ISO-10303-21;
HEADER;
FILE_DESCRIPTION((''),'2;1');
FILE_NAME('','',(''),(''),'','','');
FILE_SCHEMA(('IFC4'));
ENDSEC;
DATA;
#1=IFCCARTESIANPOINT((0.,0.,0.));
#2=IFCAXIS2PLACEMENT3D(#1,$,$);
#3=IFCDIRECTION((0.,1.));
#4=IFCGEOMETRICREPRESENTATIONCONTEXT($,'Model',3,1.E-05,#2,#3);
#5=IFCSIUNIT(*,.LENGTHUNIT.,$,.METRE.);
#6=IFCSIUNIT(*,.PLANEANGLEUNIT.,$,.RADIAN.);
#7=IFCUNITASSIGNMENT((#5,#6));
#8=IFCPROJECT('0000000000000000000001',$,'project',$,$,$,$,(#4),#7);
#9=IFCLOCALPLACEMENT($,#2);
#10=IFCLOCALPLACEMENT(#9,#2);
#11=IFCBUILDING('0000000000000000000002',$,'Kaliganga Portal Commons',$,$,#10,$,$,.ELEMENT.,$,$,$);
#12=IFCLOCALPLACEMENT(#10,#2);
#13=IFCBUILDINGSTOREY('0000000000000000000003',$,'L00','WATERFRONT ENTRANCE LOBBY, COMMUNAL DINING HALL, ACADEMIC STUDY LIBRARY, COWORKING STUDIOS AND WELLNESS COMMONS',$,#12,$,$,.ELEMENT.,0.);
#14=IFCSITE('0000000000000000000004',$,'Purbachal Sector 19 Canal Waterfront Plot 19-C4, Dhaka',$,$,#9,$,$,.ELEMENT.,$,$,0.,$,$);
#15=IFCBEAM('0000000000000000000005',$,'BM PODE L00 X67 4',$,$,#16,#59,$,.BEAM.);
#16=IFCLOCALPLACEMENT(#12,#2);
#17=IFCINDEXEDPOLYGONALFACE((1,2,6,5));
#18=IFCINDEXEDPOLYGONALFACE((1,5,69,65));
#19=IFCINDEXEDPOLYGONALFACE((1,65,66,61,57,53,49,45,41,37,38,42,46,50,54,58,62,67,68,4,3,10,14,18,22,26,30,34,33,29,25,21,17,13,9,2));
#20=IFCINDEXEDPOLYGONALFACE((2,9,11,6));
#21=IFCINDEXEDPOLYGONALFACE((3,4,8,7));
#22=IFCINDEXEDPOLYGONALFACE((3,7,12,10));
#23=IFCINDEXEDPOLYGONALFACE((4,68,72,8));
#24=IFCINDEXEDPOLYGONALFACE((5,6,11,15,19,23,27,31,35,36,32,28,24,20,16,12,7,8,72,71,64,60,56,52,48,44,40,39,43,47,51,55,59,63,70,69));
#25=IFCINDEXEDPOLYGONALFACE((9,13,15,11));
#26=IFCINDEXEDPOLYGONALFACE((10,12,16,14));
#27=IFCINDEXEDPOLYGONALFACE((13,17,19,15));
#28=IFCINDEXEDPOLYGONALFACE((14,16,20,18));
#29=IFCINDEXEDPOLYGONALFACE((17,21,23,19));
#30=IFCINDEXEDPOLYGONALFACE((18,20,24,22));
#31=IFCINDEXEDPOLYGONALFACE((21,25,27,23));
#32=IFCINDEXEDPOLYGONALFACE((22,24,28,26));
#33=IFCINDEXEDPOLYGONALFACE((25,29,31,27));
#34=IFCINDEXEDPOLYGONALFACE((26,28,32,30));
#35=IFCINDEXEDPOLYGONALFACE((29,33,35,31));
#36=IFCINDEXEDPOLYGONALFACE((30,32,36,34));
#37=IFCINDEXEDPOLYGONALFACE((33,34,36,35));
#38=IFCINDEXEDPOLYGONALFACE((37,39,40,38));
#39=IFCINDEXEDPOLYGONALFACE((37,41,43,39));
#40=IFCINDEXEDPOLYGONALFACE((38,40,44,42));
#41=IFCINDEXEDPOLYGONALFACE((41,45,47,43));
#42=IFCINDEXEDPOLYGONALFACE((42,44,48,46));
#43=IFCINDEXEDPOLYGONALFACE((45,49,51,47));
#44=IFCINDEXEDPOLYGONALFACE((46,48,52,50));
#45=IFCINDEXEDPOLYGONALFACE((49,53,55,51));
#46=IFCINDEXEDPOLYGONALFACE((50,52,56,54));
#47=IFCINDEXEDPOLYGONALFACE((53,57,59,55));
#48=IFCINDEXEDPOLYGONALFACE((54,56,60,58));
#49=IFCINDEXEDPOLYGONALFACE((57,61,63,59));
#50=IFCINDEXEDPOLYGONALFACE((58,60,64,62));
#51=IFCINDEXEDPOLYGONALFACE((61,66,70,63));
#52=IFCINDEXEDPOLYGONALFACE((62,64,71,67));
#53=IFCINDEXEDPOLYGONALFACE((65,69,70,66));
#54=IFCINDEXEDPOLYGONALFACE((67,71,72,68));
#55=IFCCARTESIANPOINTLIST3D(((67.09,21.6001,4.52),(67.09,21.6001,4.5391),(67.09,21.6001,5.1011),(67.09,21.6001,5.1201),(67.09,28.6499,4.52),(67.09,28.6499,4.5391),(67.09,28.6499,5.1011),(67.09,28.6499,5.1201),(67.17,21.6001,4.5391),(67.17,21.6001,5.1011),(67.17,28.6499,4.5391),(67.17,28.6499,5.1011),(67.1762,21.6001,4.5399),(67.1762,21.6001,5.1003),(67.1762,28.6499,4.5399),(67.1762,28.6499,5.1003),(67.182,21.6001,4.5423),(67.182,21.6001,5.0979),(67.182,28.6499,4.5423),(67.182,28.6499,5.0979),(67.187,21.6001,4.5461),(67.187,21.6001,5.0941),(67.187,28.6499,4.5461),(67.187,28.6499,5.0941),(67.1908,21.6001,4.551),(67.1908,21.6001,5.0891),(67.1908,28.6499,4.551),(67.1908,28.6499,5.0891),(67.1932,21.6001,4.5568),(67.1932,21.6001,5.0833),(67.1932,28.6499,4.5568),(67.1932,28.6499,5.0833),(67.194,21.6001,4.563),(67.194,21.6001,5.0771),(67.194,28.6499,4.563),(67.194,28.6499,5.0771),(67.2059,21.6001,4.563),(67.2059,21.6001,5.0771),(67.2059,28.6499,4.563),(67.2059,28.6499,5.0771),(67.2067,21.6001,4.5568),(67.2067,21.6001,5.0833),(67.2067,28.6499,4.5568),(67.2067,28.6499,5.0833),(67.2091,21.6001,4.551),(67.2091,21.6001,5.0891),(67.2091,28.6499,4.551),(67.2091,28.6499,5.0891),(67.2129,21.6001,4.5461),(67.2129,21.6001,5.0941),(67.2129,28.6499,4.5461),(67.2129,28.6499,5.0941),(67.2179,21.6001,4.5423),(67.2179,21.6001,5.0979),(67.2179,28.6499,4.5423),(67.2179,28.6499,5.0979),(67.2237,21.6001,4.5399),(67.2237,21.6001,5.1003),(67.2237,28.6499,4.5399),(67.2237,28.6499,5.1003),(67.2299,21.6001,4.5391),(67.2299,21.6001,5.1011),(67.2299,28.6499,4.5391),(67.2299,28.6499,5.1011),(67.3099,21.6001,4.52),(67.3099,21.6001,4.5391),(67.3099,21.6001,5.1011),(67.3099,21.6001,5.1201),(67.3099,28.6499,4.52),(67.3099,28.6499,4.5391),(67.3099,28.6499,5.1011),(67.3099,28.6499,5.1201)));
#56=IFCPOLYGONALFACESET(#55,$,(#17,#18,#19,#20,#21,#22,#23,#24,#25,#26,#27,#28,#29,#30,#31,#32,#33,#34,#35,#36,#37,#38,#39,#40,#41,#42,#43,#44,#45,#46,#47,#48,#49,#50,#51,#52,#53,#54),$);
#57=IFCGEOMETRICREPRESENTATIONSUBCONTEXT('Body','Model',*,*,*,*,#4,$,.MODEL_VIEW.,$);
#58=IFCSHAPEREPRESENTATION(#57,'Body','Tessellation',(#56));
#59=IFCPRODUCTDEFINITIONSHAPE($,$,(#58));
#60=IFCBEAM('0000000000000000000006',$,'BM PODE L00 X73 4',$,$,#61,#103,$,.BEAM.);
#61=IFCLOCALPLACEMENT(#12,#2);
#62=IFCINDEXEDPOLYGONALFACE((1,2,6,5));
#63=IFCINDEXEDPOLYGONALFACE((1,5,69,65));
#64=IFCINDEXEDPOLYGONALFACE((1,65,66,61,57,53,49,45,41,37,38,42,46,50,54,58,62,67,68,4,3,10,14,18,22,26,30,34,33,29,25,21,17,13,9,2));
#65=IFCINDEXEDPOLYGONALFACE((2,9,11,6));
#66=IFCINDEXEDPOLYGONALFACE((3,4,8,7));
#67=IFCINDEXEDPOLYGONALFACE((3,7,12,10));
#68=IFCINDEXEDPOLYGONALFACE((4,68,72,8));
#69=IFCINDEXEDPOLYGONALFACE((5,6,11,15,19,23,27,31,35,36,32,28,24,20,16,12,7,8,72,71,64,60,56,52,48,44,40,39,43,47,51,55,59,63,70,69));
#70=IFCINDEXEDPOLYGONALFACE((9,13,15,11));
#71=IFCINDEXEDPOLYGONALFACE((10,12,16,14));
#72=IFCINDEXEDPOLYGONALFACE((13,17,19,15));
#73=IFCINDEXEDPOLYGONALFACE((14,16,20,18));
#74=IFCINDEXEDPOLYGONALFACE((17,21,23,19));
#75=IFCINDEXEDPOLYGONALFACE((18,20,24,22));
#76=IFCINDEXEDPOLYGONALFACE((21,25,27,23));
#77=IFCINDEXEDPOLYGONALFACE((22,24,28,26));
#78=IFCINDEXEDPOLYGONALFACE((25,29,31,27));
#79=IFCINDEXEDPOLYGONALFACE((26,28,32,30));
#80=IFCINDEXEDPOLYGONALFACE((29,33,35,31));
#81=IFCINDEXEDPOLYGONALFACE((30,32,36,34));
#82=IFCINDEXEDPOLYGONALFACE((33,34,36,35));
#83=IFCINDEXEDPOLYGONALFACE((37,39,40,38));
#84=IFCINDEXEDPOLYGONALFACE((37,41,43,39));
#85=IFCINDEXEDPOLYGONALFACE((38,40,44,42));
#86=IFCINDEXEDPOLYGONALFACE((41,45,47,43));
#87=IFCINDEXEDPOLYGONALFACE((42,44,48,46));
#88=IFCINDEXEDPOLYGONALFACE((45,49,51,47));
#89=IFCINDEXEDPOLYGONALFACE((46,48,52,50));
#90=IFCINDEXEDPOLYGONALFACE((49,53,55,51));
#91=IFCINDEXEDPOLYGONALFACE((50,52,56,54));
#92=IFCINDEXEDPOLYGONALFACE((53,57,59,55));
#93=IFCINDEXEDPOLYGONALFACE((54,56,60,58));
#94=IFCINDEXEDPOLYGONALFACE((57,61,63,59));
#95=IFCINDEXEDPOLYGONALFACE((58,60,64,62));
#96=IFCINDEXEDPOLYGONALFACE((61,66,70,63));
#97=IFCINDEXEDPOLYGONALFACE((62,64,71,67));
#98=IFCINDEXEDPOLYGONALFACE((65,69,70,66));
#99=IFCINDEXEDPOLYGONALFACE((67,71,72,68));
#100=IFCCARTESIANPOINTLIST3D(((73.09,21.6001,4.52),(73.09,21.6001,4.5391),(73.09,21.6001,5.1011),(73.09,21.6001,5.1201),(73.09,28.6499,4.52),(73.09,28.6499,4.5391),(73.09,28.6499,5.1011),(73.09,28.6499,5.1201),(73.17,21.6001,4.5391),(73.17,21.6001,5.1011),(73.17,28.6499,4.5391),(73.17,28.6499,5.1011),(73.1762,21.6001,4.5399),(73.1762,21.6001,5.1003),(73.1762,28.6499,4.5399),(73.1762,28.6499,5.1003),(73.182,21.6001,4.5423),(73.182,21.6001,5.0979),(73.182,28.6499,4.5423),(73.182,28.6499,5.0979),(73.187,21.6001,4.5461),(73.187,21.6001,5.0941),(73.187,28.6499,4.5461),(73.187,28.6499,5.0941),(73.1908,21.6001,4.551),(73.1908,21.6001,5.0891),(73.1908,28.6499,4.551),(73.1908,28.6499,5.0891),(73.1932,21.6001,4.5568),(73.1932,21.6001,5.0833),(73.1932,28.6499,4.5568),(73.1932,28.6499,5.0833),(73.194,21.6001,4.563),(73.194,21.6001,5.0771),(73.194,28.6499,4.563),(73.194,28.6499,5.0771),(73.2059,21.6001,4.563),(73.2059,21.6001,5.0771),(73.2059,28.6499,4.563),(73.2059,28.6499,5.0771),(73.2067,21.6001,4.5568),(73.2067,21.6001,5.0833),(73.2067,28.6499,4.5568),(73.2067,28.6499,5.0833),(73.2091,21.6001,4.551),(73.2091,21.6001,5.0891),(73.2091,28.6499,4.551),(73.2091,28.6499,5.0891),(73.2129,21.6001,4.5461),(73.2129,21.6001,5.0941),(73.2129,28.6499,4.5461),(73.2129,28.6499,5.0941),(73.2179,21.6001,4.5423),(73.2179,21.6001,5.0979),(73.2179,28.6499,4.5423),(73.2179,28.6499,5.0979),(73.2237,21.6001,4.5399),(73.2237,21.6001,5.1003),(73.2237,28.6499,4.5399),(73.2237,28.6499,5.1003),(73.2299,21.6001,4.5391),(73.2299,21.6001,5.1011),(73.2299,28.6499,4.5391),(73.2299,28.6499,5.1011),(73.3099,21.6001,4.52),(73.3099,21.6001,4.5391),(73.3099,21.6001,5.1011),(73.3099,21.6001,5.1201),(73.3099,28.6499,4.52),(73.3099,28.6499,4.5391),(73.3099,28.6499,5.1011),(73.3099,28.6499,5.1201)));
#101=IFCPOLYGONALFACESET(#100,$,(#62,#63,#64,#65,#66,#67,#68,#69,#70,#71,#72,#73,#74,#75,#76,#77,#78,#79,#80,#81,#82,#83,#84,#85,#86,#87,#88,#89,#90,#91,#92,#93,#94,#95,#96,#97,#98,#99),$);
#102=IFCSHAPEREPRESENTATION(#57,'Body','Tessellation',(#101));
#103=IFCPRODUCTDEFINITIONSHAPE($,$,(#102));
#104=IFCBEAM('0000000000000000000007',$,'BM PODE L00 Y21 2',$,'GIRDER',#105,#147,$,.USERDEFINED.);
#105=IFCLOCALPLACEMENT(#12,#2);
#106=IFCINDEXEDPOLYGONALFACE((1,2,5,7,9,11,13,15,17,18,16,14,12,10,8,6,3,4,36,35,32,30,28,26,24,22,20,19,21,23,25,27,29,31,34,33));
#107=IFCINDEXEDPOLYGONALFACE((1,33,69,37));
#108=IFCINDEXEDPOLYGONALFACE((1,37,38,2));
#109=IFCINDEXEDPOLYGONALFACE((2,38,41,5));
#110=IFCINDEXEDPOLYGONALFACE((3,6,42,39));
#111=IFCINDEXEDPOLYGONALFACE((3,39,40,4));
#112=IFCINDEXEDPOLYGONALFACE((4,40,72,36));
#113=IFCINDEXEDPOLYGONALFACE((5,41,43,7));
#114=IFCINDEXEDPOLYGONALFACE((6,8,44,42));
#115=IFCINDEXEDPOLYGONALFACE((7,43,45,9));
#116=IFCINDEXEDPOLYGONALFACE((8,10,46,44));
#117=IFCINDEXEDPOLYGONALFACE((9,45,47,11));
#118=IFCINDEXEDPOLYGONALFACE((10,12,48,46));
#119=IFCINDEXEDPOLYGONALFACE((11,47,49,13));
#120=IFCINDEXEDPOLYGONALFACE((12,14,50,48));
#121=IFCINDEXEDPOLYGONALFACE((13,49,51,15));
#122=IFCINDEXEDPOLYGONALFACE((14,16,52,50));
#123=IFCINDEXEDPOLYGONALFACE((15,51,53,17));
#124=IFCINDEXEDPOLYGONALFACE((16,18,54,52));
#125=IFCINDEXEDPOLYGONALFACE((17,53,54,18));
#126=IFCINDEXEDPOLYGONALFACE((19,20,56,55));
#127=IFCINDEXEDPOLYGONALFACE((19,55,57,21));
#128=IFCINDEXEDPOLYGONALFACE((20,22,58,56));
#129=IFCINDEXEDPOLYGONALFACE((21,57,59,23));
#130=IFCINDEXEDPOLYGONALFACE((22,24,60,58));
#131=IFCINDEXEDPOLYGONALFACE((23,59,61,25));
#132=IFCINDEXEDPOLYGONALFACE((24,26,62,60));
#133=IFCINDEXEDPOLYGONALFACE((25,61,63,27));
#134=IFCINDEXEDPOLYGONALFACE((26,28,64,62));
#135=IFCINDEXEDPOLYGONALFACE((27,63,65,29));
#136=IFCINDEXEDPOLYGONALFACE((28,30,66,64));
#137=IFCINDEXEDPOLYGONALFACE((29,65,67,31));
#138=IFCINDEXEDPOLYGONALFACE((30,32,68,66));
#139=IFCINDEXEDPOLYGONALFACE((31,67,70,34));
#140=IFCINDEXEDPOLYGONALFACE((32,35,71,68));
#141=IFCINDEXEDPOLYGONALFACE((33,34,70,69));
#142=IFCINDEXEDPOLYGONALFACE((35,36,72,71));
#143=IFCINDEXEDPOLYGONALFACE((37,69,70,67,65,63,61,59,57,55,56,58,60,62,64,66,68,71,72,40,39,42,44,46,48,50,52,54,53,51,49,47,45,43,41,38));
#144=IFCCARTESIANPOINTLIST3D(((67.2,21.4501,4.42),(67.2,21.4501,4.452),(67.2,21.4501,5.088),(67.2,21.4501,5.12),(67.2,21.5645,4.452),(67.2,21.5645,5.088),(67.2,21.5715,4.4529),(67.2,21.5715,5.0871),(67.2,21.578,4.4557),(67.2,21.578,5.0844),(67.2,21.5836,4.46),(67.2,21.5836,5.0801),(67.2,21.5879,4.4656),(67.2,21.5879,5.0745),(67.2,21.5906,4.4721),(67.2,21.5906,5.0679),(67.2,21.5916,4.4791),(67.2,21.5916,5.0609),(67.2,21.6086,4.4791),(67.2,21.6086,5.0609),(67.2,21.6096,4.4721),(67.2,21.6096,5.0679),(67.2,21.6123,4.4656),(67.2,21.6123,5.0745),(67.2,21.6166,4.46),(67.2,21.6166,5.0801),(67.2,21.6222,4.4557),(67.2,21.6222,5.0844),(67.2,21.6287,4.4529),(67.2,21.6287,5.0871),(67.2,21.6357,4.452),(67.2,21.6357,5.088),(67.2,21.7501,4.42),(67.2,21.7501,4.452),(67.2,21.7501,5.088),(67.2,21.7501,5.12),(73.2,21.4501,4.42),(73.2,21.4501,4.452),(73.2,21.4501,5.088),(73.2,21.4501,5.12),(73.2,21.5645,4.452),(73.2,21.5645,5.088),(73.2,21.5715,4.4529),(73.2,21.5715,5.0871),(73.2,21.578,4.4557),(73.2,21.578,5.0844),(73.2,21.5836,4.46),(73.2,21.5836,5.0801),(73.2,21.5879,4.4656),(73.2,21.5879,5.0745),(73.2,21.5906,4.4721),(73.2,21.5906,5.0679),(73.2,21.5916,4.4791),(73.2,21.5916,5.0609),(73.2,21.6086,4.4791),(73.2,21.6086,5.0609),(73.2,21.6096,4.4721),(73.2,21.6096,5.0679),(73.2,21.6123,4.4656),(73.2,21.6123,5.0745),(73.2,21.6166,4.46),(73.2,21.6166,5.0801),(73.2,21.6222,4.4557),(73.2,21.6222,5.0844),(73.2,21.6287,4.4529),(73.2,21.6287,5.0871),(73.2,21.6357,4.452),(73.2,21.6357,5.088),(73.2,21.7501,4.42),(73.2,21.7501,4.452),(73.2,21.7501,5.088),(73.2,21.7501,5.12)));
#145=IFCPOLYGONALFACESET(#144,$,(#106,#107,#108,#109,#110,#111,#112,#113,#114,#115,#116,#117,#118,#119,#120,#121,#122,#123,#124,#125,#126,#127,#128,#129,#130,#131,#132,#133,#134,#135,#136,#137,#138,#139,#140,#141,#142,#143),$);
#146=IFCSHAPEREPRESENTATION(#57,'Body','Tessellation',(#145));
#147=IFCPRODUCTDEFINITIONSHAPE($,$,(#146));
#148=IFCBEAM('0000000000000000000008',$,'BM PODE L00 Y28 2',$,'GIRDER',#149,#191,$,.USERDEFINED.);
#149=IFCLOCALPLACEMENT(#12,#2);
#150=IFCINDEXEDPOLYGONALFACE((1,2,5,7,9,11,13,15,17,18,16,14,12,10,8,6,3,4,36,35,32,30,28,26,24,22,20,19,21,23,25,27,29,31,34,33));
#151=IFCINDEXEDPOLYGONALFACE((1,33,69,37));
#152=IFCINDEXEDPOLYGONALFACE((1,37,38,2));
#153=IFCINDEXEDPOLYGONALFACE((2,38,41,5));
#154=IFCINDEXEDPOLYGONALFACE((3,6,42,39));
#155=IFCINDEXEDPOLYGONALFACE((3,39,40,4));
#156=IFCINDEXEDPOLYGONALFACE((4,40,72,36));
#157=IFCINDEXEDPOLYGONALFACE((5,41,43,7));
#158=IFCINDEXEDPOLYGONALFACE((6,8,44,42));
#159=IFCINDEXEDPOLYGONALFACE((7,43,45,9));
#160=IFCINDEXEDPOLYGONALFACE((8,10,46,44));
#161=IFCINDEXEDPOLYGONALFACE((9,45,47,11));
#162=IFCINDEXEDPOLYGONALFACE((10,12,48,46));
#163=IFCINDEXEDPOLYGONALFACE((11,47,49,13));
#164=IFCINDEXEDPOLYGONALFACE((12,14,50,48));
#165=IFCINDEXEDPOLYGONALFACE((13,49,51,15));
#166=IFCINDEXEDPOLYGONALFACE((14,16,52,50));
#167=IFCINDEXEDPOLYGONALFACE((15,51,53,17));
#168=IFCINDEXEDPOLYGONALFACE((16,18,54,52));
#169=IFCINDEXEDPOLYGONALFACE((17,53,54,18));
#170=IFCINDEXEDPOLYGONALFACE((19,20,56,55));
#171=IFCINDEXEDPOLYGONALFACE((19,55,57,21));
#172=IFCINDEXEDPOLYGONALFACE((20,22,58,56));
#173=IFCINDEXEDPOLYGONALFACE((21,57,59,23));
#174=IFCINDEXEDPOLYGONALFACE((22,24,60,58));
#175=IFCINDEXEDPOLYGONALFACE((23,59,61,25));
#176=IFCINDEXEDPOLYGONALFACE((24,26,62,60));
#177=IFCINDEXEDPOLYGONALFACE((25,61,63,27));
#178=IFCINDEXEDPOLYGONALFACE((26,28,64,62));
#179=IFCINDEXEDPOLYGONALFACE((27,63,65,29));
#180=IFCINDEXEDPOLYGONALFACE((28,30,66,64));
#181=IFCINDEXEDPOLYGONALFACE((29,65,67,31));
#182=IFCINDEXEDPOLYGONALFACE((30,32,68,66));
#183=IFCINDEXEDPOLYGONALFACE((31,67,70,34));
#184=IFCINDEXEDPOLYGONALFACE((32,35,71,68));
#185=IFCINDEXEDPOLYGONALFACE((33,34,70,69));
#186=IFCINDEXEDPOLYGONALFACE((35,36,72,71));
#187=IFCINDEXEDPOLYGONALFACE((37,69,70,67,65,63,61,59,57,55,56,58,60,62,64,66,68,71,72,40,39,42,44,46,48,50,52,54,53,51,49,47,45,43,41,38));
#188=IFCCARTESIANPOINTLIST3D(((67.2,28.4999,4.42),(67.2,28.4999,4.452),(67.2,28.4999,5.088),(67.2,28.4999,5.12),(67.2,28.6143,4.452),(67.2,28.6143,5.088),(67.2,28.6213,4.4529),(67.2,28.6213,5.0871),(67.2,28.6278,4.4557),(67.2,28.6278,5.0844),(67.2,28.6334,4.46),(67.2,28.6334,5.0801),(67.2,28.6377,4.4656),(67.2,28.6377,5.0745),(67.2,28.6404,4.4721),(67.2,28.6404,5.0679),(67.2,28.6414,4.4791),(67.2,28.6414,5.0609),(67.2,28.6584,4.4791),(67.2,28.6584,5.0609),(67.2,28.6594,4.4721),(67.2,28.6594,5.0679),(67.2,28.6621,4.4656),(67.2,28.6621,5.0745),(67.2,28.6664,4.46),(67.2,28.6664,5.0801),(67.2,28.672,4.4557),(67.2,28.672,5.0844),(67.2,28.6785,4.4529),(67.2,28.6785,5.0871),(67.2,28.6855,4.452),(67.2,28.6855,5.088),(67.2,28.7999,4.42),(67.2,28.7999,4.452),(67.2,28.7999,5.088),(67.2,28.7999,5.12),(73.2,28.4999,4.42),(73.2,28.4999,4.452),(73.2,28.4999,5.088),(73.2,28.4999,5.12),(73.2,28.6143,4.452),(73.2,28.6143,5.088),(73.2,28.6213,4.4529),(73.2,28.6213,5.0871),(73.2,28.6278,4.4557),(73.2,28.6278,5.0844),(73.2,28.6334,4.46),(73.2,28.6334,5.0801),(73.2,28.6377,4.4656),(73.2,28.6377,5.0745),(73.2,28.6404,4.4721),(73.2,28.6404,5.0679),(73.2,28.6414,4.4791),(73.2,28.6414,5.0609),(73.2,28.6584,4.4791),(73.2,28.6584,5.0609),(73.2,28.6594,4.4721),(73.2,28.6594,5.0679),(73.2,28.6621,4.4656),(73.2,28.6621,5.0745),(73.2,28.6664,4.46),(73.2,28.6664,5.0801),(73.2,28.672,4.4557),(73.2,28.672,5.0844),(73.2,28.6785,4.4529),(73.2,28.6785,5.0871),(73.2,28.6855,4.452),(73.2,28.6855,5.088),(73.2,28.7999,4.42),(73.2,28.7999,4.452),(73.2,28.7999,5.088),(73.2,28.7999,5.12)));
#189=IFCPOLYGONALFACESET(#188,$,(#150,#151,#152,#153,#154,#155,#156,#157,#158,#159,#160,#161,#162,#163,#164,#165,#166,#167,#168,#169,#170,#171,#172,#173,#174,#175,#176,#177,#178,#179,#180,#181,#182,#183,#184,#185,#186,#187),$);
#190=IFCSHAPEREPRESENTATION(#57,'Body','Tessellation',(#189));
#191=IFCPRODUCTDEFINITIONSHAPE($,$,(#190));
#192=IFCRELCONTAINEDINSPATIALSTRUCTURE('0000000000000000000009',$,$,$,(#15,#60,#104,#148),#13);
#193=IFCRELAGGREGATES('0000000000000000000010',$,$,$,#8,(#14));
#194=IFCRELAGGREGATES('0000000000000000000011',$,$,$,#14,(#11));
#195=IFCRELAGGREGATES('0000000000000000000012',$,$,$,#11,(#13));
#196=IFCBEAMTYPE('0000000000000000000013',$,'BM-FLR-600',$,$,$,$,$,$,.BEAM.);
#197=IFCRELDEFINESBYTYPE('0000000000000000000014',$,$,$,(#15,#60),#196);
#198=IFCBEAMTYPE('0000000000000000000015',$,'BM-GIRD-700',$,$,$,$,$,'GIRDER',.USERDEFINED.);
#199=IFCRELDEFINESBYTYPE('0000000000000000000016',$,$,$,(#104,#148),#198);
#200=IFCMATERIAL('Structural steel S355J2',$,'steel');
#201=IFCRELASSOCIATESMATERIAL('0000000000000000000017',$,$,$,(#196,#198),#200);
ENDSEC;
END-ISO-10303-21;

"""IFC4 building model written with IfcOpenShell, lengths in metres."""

from ifc_helpers import new_model, si_unit, direction, frame, origin, origin_2d, place, context, subcontext, project, spatial, i_section, extrude, source, transform, mapped, material, material_profile, profile_set, type_object, element, save


model = new_model("IFC4")

# Units and contexts
model_context = context("Model", 3, precision=1e-05, world=origin(), true_north=direction((0.0, 1.0)))
body_context = subcontext(model_context, "Body", "Model", "MODEL_VIEW")
ifc_project = project(units=[si_unit("LENGTHUNIT", "METRE"), si_unit("PLANEANGLEUNIT", "RADIAN")], contexts=[model_context])

# Site, building, storey
site_placement = place(None, origin())
site = spatial("IfcSite", under=ifc_project, at=site_placement, Name="Purbachal Sector 19 Canal Waterfront Plot 19-C4, Dhaka", CompositionType="ELEMENT", RefElevation=0.0)
building_placement = place(site_placement, origin())
building = spatial("IfcBuilding", under=site, at=building_placement, Name="Kaliganga Portal Commons", CompositionType="ELEMENT")
storey_placement = place(building_placement, origin())
storey = spatial("IfcBuildingStorey", under=building, at=storey_placement, Name="L00", Description="WATERFRONT ENTRANCE LOBBY, COMMUNAL DINING HALL, ACADEMIC STUDY LIBRARY, COWORKING STUDIOS AND WELLNESS COMMONS", CompositionType="ELEMENT", Elevation=0.0)

# Beams
ifc_material_1 = material(Name="Structural steel S355J2", Category="steel")
ifc_material_profile_1 = material_profile(ifc_material_1, i_section(OverallWidth=0.22, OverallDepth=0.6001, WebThickness=0.012, FlangeThickness=0.019, FilletRadius=0.0239, at=origin_2d()), Name="IPE 600")
ifc_profile_set_1 = profile_set([ifc_material_profile_1], Name="Structural steel S355J2 wide-flange")
beam_type_1 = type_object("IfcBeamType", Name="BM-FLR-600", PredefinedType="BEAM", material=ifc_profile_set_1)
shared_shape_1 = source(origin(), body_context, "Body", "SweptSolid", [
    extrude(i_section(OverallWidth=0.22, OverallDepth=0.6001, WebThickness=0.012, FlangeThickness=0.019, FilletRadius=0.0239, at=origin_2d()), origin(), (0.0, 0.0, 1.0), 7.0498),
])
for number, where, z_axis, x_axis, name in (
    (1, (67.2, 21.6001, 4.8201), (0.0, 1.0, 0.0), (-1.0, 0.0, 0.0), "BM PODE L00 X67 4"),
    (2, (73.2, 21.6001, 4.8201), (0.0, 1.0, 0.0), (-1.0, 0.0, 0.0), "BM PODE L00 X73 4"),
):
    element("IfcBeam", number, at=place(storey_placement, frame(where, z_axis=z_axis, x_axis=x_axis)), inside=storey, type_object=beam_type_1, Name=name, PredefinedType="BEAM", context=body_context, shape_type="MappedRepresentation", body=[
        mapped(shared_shape_1, transform((0.0, 0.0, 0.0), x_axis=(1.0, 0.0, 0.0), y_axis=(0.0, 1.0, 0.0), z_axis=(0.0, 0.0, 1.0), scale=1.0)),
    ])
ifc_material_profile_2 = material_profile(ifc_material_1, i_section(OverallWidth=0.3, OverallDepth=0.7, WebThickness=0.0171, FlangeThickness=0.032, FilletRadius=0.0271, at=origin_2d()), Name="HE 700 B")
ifc_profile_set_2 = profile_set([ifc_material_profile_2], Name="Structural steel S355J2 wide-flange")
beam_type_2 = type_object("IfcBeamType", Name="BM-GIRD-700", ElementType="GIRDER", PredefinedType="USERDEFINED", material=ifc_profile_set_2)
shared_shape_2 = source(origin(), body_context, "Body", "SweptSolid", [
    extrude(i_section(OverallWidth=0.3, OverallDepth=0.7, WebThickness=0.0171, FlangeThickness=0.032, FilletRadius=0.0271, at=origin_2d()), origin(), (0.0, 0.0, 1.0), 6.0),
])
for number, where, z_axis, x_axis, name in (
    (3, (67.2, 21.6001, 4.77), (1.0, 0.0, 0.0), (0.0, 1.0, 0.0), "BM PODE L00 Y21 2"),
    (4, (67.2, 28.6499, 4.77), (1.0, 0.0, 0.0), (0.0, 1.0, 0.0), "BM PODE L00 Y28 2"),
):
    element("IfcBeam", number, at=place(storey_placement, frame(where, z_axis=z_axis, x_axis=x_axis)), inside=storey, type_object=beam_type_2, Name=name, ObjectType="GIRDER", PredefinedType="USERDEFINED", context=body_context, shape_type="MappedRepresentation", body=[
        mapped(shared_shape_2, transform((0.0, 0.0, 0.0), x_axis=(1.0, 0.0, 0.0), y_axis=(0.0, 1.0, 0.0), z_axis=(0.0, 0.0, 1.0), scale=1.0)),
    ])

save(model, "model.ifc")
